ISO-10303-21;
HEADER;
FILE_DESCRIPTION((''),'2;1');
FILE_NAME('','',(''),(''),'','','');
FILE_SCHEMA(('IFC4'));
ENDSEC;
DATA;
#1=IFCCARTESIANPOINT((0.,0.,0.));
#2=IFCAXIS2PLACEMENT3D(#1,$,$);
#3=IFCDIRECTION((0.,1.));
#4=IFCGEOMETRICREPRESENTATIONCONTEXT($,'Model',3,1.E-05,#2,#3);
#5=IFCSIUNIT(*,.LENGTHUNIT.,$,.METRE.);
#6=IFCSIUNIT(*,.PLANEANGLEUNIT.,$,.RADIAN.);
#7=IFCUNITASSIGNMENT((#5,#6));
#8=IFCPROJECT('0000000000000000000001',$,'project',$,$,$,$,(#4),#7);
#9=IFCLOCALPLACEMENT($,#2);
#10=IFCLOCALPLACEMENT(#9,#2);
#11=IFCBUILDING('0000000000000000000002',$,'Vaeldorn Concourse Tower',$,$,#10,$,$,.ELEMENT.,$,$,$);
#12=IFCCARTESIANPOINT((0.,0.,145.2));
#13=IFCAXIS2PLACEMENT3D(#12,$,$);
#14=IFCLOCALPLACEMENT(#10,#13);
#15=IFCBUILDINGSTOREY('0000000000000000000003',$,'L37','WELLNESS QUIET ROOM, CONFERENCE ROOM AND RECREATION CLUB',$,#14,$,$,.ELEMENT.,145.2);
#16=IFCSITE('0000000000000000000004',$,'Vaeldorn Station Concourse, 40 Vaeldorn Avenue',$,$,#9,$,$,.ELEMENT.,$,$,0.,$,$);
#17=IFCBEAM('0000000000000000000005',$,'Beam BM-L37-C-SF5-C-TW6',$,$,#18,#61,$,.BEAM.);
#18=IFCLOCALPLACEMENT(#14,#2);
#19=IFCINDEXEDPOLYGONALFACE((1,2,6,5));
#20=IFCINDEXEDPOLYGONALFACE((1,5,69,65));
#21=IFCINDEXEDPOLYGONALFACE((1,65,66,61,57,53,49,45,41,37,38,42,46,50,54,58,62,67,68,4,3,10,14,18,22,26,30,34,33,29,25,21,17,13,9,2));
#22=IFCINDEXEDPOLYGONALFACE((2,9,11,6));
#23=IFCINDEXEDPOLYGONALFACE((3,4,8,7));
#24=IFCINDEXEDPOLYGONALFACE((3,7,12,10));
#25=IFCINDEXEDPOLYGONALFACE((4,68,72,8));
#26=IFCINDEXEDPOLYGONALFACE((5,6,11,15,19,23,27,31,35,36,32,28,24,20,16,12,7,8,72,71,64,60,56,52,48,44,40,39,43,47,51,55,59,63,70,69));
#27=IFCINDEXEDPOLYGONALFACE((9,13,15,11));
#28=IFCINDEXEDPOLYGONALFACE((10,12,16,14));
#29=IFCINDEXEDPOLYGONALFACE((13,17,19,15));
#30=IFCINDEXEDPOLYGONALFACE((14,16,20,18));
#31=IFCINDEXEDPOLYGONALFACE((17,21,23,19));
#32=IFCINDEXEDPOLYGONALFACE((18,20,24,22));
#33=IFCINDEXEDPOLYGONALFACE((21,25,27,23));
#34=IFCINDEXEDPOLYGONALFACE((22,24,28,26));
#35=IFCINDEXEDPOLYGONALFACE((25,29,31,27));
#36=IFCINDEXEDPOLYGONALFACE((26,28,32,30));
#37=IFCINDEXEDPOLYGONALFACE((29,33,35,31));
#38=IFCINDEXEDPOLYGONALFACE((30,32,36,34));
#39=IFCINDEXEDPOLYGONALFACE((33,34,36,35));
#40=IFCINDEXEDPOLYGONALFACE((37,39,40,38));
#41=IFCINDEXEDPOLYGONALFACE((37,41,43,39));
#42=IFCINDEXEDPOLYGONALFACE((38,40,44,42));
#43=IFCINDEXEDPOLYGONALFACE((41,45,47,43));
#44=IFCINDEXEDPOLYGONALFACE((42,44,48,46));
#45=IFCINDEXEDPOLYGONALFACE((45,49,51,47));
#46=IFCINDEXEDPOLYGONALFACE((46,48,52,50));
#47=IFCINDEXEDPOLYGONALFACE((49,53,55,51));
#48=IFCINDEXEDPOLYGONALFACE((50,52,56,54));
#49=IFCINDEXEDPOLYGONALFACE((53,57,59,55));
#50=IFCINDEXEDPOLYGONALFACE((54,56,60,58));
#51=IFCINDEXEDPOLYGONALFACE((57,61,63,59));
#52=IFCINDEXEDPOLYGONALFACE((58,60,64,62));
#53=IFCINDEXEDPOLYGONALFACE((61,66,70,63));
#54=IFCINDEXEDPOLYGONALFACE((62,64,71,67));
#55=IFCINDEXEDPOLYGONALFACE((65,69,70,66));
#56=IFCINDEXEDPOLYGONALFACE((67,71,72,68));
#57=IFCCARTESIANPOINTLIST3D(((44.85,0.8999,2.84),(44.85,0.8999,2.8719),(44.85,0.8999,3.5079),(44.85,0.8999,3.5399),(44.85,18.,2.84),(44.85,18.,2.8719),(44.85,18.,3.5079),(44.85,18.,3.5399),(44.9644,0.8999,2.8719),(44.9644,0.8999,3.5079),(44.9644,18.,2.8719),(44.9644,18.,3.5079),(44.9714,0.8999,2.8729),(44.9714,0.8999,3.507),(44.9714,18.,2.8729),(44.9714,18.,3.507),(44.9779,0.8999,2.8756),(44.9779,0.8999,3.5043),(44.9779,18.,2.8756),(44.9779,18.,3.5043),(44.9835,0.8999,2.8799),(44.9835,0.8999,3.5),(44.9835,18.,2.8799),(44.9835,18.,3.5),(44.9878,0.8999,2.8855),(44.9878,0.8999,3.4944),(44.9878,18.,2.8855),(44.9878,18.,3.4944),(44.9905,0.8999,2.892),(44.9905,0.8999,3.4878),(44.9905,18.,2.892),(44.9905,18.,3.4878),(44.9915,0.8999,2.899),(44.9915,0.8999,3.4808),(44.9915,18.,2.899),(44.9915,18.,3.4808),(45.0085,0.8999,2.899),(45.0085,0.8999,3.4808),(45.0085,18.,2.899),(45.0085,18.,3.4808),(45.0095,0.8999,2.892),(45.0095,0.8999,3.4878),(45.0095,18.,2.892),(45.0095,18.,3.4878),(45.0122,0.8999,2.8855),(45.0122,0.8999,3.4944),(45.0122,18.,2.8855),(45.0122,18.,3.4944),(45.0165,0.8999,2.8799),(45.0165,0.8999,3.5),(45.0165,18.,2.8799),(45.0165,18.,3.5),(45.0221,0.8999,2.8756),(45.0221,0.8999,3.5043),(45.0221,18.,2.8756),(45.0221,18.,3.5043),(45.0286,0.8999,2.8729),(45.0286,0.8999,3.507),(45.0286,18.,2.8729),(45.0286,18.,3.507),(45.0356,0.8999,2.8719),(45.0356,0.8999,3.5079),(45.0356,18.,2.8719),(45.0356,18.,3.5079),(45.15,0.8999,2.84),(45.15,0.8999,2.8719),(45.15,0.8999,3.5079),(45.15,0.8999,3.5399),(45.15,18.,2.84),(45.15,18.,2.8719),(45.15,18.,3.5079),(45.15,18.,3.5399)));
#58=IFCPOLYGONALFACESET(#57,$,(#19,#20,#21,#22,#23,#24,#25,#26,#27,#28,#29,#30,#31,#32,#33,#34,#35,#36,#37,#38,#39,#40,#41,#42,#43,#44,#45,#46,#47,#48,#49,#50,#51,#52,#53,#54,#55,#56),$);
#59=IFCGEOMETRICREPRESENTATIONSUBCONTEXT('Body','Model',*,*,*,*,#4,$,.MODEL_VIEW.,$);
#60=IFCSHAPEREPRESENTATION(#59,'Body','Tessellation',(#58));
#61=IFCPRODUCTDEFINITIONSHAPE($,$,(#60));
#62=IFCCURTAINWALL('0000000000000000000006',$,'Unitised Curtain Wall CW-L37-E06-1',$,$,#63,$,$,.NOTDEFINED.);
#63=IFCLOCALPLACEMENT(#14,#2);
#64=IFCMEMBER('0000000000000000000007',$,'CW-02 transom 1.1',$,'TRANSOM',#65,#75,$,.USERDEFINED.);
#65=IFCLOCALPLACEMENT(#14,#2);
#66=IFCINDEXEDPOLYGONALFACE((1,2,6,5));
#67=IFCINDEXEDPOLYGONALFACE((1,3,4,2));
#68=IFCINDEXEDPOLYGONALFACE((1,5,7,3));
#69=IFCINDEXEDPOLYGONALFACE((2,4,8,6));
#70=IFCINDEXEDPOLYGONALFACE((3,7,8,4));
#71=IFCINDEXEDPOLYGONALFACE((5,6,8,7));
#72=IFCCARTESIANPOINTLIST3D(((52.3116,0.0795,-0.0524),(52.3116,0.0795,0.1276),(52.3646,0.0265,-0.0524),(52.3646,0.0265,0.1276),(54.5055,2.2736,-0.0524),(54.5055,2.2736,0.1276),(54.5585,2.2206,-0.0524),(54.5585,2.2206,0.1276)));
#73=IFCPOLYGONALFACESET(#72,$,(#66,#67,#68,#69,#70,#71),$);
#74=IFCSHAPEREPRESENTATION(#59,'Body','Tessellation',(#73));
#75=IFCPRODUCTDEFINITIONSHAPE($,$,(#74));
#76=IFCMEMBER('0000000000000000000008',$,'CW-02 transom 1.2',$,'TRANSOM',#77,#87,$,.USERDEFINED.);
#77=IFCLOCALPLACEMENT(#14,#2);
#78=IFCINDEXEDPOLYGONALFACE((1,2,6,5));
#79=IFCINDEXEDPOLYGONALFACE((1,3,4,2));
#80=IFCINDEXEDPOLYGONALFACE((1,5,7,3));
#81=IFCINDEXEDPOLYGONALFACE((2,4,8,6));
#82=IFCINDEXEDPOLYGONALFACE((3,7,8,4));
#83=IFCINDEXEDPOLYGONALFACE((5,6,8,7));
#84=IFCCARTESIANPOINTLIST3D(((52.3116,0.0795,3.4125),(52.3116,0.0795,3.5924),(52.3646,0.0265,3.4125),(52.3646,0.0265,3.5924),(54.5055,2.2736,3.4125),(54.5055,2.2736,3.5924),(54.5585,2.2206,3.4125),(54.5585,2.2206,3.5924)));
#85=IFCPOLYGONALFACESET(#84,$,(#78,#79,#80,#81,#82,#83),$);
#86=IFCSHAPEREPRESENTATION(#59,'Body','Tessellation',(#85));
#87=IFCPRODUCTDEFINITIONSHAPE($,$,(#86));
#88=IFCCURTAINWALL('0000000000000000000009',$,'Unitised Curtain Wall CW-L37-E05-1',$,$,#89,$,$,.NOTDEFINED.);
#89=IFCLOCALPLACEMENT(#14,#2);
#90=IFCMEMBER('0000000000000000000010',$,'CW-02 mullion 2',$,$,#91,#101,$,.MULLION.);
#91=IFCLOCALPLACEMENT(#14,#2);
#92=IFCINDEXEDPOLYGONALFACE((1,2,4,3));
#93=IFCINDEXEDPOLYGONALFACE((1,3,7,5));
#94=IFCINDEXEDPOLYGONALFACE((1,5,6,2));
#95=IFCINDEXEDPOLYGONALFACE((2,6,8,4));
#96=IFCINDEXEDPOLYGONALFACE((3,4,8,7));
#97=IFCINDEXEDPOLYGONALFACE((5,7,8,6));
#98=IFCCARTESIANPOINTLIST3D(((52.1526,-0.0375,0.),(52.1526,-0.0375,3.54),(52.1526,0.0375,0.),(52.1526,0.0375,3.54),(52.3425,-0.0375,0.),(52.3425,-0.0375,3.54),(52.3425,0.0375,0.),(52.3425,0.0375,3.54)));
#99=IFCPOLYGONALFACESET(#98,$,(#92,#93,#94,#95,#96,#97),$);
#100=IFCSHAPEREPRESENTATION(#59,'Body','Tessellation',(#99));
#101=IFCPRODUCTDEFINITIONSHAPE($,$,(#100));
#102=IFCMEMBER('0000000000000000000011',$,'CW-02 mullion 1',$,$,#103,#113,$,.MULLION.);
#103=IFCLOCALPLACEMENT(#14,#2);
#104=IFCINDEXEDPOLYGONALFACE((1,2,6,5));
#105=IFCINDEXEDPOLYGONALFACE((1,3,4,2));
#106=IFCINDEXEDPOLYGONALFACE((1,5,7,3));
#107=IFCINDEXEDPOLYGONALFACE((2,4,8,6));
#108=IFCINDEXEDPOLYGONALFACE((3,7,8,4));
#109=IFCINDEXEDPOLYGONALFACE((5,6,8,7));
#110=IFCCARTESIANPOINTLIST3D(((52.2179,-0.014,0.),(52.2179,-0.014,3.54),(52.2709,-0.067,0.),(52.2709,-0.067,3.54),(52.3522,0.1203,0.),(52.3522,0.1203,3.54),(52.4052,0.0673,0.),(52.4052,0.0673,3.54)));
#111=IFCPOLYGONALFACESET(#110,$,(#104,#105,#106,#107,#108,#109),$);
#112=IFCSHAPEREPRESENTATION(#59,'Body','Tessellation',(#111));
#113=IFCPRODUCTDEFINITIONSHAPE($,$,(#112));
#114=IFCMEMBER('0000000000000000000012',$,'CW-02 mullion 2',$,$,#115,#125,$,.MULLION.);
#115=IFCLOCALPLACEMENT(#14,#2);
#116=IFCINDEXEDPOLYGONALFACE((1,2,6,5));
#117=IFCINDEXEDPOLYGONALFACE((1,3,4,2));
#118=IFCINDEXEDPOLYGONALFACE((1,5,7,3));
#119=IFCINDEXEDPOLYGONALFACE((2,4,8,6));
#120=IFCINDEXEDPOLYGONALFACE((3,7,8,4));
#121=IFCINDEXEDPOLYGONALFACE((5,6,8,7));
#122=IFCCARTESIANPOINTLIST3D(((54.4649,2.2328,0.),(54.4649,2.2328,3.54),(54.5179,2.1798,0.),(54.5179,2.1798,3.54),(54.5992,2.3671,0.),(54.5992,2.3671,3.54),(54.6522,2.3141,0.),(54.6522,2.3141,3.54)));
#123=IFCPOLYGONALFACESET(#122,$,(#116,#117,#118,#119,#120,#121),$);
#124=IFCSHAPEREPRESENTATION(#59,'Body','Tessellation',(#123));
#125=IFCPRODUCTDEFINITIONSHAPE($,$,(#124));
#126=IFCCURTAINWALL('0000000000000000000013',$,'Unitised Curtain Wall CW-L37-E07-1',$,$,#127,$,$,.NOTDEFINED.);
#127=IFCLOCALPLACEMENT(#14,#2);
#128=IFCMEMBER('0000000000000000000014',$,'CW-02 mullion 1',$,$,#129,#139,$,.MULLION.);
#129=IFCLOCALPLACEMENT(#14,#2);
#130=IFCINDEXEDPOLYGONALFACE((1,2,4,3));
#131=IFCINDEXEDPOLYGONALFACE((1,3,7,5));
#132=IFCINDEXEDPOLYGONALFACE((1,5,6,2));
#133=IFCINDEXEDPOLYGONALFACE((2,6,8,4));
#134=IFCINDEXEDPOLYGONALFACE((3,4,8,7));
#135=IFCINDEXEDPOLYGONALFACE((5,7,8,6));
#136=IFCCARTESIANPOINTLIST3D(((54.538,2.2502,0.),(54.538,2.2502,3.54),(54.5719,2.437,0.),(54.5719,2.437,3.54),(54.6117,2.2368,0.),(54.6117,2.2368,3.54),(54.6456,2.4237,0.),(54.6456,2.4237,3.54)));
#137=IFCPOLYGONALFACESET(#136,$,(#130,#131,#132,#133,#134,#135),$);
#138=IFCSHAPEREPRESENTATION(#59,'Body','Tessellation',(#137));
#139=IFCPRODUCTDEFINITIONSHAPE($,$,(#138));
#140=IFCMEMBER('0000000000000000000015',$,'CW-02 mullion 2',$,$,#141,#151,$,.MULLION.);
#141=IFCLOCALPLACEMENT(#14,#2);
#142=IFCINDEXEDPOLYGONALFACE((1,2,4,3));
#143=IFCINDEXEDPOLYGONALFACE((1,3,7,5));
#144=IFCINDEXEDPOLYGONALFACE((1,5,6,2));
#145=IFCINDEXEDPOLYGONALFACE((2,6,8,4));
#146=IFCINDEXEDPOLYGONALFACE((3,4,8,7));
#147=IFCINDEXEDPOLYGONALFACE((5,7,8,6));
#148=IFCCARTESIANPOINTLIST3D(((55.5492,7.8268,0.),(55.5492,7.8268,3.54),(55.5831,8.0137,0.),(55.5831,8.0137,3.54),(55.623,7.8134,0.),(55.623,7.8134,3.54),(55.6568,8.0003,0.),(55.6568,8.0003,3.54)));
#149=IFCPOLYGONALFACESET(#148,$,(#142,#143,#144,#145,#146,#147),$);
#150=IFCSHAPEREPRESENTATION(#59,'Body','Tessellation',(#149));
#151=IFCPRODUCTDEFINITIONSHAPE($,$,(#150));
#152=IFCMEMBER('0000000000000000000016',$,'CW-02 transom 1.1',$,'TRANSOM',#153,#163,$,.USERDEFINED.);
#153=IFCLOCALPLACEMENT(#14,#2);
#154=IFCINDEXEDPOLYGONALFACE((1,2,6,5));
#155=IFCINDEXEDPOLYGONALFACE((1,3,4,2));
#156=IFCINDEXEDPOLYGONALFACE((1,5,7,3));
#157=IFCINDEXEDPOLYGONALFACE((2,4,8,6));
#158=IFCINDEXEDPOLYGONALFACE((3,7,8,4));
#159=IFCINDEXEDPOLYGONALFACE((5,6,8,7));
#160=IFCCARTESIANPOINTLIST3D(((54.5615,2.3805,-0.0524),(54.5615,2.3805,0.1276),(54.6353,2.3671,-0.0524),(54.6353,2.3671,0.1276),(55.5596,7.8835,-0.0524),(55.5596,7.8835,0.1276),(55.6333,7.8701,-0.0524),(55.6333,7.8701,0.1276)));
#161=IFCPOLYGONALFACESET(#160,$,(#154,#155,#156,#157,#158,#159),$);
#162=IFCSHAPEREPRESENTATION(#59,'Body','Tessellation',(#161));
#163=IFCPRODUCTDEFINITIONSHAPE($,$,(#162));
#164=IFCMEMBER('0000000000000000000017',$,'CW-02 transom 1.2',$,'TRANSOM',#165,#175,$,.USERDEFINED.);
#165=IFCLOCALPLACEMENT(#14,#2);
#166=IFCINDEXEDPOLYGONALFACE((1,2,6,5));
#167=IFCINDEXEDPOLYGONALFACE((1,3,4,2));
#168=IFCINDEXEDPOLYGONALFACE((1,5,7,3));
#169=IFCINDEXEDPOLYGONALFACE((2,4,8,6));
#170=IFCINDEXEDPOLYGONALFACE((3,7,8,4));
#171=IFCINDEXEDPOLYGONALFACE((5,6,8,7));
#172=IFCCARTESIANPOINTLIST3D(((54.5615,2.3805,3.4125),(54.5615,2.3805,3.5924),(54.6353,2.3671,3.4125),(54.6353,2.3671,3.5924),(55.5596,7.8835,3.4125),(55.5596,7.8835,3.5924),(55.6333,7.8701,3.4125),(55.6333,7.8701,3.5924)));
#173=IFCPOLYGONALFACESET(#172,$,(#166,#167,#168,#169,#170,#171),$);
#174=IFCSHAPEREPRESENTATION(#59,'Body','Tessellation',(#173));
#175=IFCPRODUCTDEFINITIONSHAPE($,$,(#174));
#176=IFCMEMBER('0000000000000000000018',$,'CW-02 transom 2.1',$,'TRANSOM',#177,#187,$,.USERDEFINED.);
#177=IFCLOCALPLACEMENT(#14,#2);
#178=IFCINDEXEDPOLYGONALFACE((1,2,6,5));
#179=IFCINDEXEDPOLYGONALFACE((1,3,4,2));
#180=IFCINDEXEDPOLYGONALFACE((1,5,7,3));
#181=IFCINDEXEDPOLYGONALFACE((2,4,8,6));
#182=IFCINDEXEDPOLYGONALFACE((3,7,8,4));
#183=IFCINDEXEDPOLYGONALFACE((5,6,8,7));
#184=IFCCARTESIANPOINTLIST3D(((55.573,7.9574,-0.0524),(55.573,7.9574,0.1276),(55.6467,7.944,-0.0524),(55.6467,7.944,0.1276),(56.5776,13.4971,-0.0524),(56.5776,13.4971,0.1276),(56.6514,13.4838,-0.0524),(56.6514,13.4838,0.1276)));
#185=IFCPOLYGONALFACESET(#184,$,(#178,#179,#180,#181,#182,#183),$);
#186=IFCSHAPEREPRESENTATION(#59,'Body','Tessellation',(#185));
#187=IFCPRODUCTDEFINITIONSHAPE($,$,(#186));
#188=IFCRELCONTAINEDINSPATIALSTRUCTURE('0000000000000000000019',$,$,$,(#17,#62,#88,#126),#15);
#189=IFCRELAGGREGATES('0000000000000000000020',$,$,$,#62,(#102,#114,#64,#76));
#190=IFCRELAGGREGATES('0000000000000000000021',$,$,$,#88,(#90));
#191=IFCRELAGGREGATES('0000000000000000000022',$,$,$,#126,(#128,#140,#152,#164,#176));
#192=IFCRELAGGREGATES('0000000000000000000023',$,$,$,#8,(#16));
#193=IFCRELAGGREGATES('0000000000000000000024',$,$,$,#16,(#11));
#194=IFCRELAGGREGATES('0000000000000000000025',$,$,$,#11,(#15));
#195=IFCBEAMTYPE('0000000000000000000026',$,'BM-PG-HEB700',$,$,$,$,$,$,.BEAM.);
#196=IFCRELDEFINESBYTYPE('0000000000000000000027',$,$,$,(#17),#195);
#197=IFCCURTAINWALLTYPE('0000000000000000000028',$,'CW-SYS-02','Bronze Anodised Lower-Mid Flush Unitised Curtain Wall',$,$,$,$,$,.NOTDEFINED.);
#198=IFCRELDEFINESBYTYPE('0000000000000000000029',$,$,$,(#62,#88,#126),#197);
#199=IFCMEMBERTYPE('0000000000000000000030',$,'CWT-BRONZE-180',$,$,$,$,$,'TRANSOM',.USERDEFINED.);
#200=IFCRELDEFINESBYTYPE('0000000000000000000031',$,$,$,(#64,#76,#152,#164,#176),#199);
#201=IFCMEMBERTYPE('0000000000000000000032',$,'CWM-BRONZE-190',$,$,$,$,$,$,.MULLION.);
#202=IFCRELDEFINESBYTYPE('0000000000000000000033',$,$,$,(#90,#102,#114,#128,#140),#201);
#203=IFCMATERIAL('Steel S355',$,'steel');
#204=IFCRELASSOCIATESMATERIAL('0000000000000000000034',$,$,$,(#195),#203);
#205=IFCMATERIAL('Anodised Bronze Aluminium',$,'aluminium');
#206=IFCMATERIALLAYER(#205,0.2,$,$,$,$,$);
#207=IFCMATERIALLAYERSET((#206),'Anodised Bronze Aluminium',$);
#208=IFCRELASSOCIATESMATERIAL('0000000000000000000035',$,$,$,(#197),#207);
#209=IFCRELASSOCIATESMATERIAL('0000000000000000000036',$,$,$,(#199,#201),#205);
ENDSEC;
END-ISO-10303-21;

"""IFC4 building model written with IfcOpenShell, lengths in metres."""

from ifc_helpers import new_model, si_unit, direction, frame, origin, origin_2d, place, context, subcontext, project, spatial, rectangle, i_section, extrude, source, transform, mapped, material, layer, layer_set, material_profile, profile_set, type_object, element, aggregate, save


model = new_model("IFC4")

# Units and contexts
model_context = context("Model", 3, precision=1e-05, world=origin(), true_north=direction((0.0, 1.0)))
body_context = subcontext(model_context, "Body", "Model", "MODEL_VIEW")
ifc_project = project(units=[si_unit("LENGTHUNIT", "METRE"), si_unit("PLANEANGLEUNIT", "RADIAN")], contexts=[model_context])

# Site, building, storey
site_placement = place(None, origin())
site = spatial("IfcSite", under=ifc_project, at=site_placement, Name="Vaeldorn Station Concourse, 40 Vaeldorn Avenue", CompositionType="ELEMENT", RefElevation=0.0)
building_placement = place(site_placement, origin())
building = spatial("IfcBuilding", under=site, at=building_placement, Name="Vaeldorn Concourse Tower", CompositionType="ELEMENT")
storey_placement = place(building_placement, frame((0.0, 0.0, 145.2)))
storey = spatial("IfcBuildingStorey", under=building, at=storey_placement, Name="L37", Description="WELLNESS QUIET ROOM, CONFERENCE ROOM AND RECREATION CLUB", CompositionType="ELEMENT", Elevation=145.2)

# Beam
ifc_material_1 = material(Name="Steel S355", Category="steel")
ifc_material_profile_1 = material_profile(ifc_material_1, i_section(OverallWidth=0.3, OverallDepth=0.7, WebThickness=0.0171, FlangeThickness=0.032, FilletRadius=0.0271, at=origin_2d()), Name="HEB 700")
ifc_profile_set_1 = profile_set([ifc_material_profile_1], Name="Steel S355")
beam_type_1 = type_object("IfcBeamType", Name="BM-PG-HEB700", PredefinedType="BEAM", material=ifc_profile_set_1)
shared_shape_1 = source(origin(), body_context, "Body", "SweptSolid", [
    extrude(i_section(OverallWidth=0.3, OverallDepth=0.7, WebThickness=0.0171, FlangeThickness=0.032, FilletRadius=0.0271, at=origin_2d()), origin(), (0.0, 0.0, 1.0), 17.1001),
])
beam_1_placement = place(storey_placement, frame((45.0, 0.8999, 3.1899), z_axis=(0.0, 1.0, 0.0), x_axis=(-1.0, 0.0, 0.0)))
element("IfcBeam", 1, at=beam_1_placement, inside=storey, type_object=beam_type_1, Name="Beam BM-L37-C-SF5-C-TW6", PredefinedType="BEAM", context=body_context, shape_type="MappedRepresentation", body=[
    mapped(shared_shape_1, transform((0.0, 0.0, 0.0), scale=1.0)),
])

# Curtain wall, members
ifc_material_2 = material(Name="Anodised Bronze Aluminium", Category="aluminium")
ifc_layer_1 = layer(ifc_material_2, 0.2)
ifc_layer_set_1 = layer_set([ifc_layer_1], Name="Anodised Bronze Aluminium")
curtain_wall_type = type_object("IfcCurtainWallType", Name="CW-SYS-02", Description="Bronze Anodised Lower-Mid Flush Unitised Curtain Wall", PredefinedType="NOTDEFINED", material=ifc_layer_set_1)
curtain_wall_1_placement = place(storey_placement, origin())
curtain_wall_1 = element("IfcCurtainWall", 2, at=curtain_wall_1_placement, inside=storey, type_object=curtain_wall_type, Name="Unitised Curtain Wall CW-L37-E06-1", PredefinedType="NOTDEFINED")
ifc_material_profile_2 = material_profile(ifc_material_2, rectangle(XDim=0.075, YDim=0.1799, at=origin_2d()), Name="CWT 75x180")
ifc_profile_set_2 = profile_set([ifc_material_profile_2], Name="Anodised Bronze Aluminium")
member_type_1 = type_object("IfcMemberType", Name="CWT-BRONZE-180", ElementType="TRANSOM", PredefinedType="USERDEFINED", material=ifc_profile_set_2)
shared_shape_2 = source(origin(), body_context, "Body", "SweptSolid", [
    extrude(rectangle(XDim=0.075, YDim=0.1799, at=origin_2d()), origin(), (0.0, 0.0, 1.0), 3.1028),
])
member_1_placement = place(storey_placement, frame((52.3381, 0.053, 0.0376), z_axis=(0.707067, 0.707146, 0.0), x_axis=(-0.707146, 0.707067, 0.0)))
member_1 = element("IfcMember", 3, at=member_1_placement, type_object=member_type_1, Name="CW-02 transom 1.1", ObjectType="TRANSOM", PredefinedType="USERDEFINED", context=body_context, shape_type="MappedRepresentation", body=[
    mapped(shared_shape_2, transform((0.0, 0.0, 0.0), scale=1.0)),
])
member_2_placement = place(storey_placement, frame((52.3381, 0.053, 3.5024), z_axis=(0.707067, 0.707146, 0.0), x_axis=(-0.707146, 0.707067, 0.0)))
member_2 = element("IfcMember", 4, at=member_2_placement, type_object=member_type_1, Name="CW-02 transom 1.2", ObjectType="TRANSOM", PredefinedType="USERDEFINED", context=body_context, shape_type="MappedRepresentation", body=[
    mapped(shared_shape_2, transform((0.0, 0.0, 0.0), scale=1.0)),
])

# Curtain wall, member
curtain_wall_2_placement = place(storey_placement, origin())
curtain_wall_2 = element("IfcCurtainWall", 5, at=curtain_wall_2_placement, inside=storey, type_object=curtain_wall_type, Name="Unitised Curtain Wall CW-L37-E05-1", PredefinedType="NOTDEFINED")
ifc_material_profile_3 = material_profile(ifc_material_2, rectangle(XDim=0.075, YDim=0.1899, at=origin_2d()), Name="CWM 75x190")
ifc_profile_set_3 = profile_set([ifc_material_profile_3], Name="Anodised Bronze Aluminium")
member_type_2 = type_object("IfcMemberType", Name="CWM-BRONZE-190", PredefinedType="MULLION", material=ifc_profile_set_3)
shared_shape_3 = source(origin(), body_context, "Body", "SweptSolid", [
    extrude(rectangle(XDim=0.075, YDim=0.1899, at=origin_2d()), origin(), (0.0, 0.0, 1.0), 3.54),
])
member_3_placement = place(storey_placement, frame((52.2476, 0.0, 0.0), z_axis=(0.0, 0.0, 1.0), x_axis=(0.0, 1.0, 0.0)))
member_3 = element("IfcMember", 6, at=member_3_placement, type_object=member_type_2, Name="CW-02 mullion 2", PredefinedType="MULLION", context=body_context, shape_type="MappedRepresentation", body=[
    mapped(shared_shape_3, transform((0.0, 0.0, 0.0), scale=1.0)),
])

# Members
member_4_placement = place(storey_placement, frame((52.3115, 0.0266, 0.0), z_axis=(0.0, 0.0, 1.0), x_axis=(-0.707107, 0.707107, 0.0)))
member_4 = element("IfcMember", 7, at=member_4_placement, type_object=member_type_2, Name="CW-02 mullion 1", PredefinedType="MULLION", context=body_context, shape_type="MappedRepresentation", body=[
    mapped(shared_shape_3, transform((0.0, 0.0, 0.0), scale=1.0)),
])
member_5_placement = place(storey_placement, frame((54.5586, 2.2734, 0.0), z_axis=(0.0, 0.0, 1.0), x_axis=(-0.707107, 0.707107, 0.0)))
member_5 = element("IfcMember", 8, at=member_5_placement, type_object=member_type_2, Name="CW-02 mullion 2", PredefinedType="MULLION", context=body_context, shape_type="MappedRepresentation", body=[
    mapped(shared_shape_3, transform((0.0, 0.0, 0.0), scale=1.0)),
])

# Curtain wall, members
curtain_wall_3_placement = place(storey_placement, origin())
curtain_wall_3 = element("IfcCurtainWall", 9, at=curtain_wall_3_placement, inside=storey, type_object=curtain_wall_type, Name="Unitised Curtain Wall CW-L37-E07-1", PredefinedType="NOTDEFINED")
member_6_placement = place(storey_placement, frame((54.5918, 2.3369, 0.0), z_axis=(0.0, 0.0, 1.0), x_axis=(-0.98395, 0.178447, 0.0)))
member_6 = element("IfcMember", 10, at=member_6_placement, type_object=member_type_2, Name="CW-02 mullion 1", PredefinedType="MULLION", context=body_context, shape_type="MappedRepresentation", body=[
    mapped(shared_shape_3, transform((0.0, 0.0, 0.0), scale=1.0)),
])
member_7_placement = place(storey_placement, frame((55.603, 7.9136, 0.0), z_axis=(0.0, 0.0, 1.0), x_axis=(-0.98395, 0.178447, 0.0)))
member_7 = element("IfcMember", 11, at=member_7_placement, type_object=member_type_2, Name="CW-02 mullion 2", PredefinedType="MULLION", context=body_context, shape_type="MappedRepresentation", body=[
    mapped(shared_shape_3, transform((0.0, 0.0, 0.0), scale=1.0)),
])
shared_shape_4 = source(origin(), body_context, "Body", "SweptSolid", [
    extrude(rectangle(XDim=0.075, YDim=0.1799, at=origin_2d()), origin(), (0.0, 0.0, 1.0), 5.5928),
])
member_8_placement = place(storey_placement, frame((54.5984, 2.3738, 0.0376), z_axis=(0.178455, 0.983948, 0.0), x_axis=(-0.983948, 0.178455, 0.0)))
member_8 = element("IfcMember", 12, at=member_8_placement, type_object=member_type_1, Name="CW-02 transom 1.1", ObjectType="TRANSOM", PredefinedType="USERDEFINED", context=body_context, shape_type="MappedRepresentation", body=[
    mapped(shared_shape_4, transform((0.0, 0.0, 0.0), scale=1.0)),
])
member_9_placement = place(storey_placement, frame((54.5984, 2.3738, 3.5024), z_axis=(0.178455, 0.983948, 0.0), x_axis=(-0.983948, 0.178455, 0.0)))
member_9 = element("IfcMember", 13, at=member_9_placement, type_object=member_type_1, Name="CW-02 transom 1.2", ObjectType="TRANSOM", PredefinedType="USERDEFINED", context=body_context, shape_type="MappedRepresentation", body=[
    mapped(shared_shape_4, transform((0.0, 0.0, 0.0), scale=1.0)),
])
shared_shape_5 = source(origin(), body_context, "Body", "SweptSolid", [
    extrude(rectangle(XDim=0.075, YDim=0.1799, at=origin_2d()), origin(), (0.0, 0.0, 1.0), 5.6301),
])
member_10_placement = place(storey_placement, frame((55.6099, 7.9507, 0.0376), z_axis=(0.178439, 0.983951, 0.0), x_axis=(-0.983951, 0.178439, 0.0)))
member_10 = element("IfcMember", 14, at=member_10_placement, type_object=member_type_1, Name="CW-02 transom 2.1", ObjectType="TRANSOM", PredefinedType="USERDEFINED", context=body_context, shape_type="MappedRepresentation", body=[
    mapped(shared_shape_5, transform((0.0, 0.0, 0.0), scale=1.0)),
])

aggregate(curtain_wall_1, [member_4, member_5, member_1, member_2])
aggregate(curtain_wall_2, [member_3])
aggregate(curtain_wall_3, [member_6, member_7, member_8, member_9, member_10])

save(model, "model.ifc")
